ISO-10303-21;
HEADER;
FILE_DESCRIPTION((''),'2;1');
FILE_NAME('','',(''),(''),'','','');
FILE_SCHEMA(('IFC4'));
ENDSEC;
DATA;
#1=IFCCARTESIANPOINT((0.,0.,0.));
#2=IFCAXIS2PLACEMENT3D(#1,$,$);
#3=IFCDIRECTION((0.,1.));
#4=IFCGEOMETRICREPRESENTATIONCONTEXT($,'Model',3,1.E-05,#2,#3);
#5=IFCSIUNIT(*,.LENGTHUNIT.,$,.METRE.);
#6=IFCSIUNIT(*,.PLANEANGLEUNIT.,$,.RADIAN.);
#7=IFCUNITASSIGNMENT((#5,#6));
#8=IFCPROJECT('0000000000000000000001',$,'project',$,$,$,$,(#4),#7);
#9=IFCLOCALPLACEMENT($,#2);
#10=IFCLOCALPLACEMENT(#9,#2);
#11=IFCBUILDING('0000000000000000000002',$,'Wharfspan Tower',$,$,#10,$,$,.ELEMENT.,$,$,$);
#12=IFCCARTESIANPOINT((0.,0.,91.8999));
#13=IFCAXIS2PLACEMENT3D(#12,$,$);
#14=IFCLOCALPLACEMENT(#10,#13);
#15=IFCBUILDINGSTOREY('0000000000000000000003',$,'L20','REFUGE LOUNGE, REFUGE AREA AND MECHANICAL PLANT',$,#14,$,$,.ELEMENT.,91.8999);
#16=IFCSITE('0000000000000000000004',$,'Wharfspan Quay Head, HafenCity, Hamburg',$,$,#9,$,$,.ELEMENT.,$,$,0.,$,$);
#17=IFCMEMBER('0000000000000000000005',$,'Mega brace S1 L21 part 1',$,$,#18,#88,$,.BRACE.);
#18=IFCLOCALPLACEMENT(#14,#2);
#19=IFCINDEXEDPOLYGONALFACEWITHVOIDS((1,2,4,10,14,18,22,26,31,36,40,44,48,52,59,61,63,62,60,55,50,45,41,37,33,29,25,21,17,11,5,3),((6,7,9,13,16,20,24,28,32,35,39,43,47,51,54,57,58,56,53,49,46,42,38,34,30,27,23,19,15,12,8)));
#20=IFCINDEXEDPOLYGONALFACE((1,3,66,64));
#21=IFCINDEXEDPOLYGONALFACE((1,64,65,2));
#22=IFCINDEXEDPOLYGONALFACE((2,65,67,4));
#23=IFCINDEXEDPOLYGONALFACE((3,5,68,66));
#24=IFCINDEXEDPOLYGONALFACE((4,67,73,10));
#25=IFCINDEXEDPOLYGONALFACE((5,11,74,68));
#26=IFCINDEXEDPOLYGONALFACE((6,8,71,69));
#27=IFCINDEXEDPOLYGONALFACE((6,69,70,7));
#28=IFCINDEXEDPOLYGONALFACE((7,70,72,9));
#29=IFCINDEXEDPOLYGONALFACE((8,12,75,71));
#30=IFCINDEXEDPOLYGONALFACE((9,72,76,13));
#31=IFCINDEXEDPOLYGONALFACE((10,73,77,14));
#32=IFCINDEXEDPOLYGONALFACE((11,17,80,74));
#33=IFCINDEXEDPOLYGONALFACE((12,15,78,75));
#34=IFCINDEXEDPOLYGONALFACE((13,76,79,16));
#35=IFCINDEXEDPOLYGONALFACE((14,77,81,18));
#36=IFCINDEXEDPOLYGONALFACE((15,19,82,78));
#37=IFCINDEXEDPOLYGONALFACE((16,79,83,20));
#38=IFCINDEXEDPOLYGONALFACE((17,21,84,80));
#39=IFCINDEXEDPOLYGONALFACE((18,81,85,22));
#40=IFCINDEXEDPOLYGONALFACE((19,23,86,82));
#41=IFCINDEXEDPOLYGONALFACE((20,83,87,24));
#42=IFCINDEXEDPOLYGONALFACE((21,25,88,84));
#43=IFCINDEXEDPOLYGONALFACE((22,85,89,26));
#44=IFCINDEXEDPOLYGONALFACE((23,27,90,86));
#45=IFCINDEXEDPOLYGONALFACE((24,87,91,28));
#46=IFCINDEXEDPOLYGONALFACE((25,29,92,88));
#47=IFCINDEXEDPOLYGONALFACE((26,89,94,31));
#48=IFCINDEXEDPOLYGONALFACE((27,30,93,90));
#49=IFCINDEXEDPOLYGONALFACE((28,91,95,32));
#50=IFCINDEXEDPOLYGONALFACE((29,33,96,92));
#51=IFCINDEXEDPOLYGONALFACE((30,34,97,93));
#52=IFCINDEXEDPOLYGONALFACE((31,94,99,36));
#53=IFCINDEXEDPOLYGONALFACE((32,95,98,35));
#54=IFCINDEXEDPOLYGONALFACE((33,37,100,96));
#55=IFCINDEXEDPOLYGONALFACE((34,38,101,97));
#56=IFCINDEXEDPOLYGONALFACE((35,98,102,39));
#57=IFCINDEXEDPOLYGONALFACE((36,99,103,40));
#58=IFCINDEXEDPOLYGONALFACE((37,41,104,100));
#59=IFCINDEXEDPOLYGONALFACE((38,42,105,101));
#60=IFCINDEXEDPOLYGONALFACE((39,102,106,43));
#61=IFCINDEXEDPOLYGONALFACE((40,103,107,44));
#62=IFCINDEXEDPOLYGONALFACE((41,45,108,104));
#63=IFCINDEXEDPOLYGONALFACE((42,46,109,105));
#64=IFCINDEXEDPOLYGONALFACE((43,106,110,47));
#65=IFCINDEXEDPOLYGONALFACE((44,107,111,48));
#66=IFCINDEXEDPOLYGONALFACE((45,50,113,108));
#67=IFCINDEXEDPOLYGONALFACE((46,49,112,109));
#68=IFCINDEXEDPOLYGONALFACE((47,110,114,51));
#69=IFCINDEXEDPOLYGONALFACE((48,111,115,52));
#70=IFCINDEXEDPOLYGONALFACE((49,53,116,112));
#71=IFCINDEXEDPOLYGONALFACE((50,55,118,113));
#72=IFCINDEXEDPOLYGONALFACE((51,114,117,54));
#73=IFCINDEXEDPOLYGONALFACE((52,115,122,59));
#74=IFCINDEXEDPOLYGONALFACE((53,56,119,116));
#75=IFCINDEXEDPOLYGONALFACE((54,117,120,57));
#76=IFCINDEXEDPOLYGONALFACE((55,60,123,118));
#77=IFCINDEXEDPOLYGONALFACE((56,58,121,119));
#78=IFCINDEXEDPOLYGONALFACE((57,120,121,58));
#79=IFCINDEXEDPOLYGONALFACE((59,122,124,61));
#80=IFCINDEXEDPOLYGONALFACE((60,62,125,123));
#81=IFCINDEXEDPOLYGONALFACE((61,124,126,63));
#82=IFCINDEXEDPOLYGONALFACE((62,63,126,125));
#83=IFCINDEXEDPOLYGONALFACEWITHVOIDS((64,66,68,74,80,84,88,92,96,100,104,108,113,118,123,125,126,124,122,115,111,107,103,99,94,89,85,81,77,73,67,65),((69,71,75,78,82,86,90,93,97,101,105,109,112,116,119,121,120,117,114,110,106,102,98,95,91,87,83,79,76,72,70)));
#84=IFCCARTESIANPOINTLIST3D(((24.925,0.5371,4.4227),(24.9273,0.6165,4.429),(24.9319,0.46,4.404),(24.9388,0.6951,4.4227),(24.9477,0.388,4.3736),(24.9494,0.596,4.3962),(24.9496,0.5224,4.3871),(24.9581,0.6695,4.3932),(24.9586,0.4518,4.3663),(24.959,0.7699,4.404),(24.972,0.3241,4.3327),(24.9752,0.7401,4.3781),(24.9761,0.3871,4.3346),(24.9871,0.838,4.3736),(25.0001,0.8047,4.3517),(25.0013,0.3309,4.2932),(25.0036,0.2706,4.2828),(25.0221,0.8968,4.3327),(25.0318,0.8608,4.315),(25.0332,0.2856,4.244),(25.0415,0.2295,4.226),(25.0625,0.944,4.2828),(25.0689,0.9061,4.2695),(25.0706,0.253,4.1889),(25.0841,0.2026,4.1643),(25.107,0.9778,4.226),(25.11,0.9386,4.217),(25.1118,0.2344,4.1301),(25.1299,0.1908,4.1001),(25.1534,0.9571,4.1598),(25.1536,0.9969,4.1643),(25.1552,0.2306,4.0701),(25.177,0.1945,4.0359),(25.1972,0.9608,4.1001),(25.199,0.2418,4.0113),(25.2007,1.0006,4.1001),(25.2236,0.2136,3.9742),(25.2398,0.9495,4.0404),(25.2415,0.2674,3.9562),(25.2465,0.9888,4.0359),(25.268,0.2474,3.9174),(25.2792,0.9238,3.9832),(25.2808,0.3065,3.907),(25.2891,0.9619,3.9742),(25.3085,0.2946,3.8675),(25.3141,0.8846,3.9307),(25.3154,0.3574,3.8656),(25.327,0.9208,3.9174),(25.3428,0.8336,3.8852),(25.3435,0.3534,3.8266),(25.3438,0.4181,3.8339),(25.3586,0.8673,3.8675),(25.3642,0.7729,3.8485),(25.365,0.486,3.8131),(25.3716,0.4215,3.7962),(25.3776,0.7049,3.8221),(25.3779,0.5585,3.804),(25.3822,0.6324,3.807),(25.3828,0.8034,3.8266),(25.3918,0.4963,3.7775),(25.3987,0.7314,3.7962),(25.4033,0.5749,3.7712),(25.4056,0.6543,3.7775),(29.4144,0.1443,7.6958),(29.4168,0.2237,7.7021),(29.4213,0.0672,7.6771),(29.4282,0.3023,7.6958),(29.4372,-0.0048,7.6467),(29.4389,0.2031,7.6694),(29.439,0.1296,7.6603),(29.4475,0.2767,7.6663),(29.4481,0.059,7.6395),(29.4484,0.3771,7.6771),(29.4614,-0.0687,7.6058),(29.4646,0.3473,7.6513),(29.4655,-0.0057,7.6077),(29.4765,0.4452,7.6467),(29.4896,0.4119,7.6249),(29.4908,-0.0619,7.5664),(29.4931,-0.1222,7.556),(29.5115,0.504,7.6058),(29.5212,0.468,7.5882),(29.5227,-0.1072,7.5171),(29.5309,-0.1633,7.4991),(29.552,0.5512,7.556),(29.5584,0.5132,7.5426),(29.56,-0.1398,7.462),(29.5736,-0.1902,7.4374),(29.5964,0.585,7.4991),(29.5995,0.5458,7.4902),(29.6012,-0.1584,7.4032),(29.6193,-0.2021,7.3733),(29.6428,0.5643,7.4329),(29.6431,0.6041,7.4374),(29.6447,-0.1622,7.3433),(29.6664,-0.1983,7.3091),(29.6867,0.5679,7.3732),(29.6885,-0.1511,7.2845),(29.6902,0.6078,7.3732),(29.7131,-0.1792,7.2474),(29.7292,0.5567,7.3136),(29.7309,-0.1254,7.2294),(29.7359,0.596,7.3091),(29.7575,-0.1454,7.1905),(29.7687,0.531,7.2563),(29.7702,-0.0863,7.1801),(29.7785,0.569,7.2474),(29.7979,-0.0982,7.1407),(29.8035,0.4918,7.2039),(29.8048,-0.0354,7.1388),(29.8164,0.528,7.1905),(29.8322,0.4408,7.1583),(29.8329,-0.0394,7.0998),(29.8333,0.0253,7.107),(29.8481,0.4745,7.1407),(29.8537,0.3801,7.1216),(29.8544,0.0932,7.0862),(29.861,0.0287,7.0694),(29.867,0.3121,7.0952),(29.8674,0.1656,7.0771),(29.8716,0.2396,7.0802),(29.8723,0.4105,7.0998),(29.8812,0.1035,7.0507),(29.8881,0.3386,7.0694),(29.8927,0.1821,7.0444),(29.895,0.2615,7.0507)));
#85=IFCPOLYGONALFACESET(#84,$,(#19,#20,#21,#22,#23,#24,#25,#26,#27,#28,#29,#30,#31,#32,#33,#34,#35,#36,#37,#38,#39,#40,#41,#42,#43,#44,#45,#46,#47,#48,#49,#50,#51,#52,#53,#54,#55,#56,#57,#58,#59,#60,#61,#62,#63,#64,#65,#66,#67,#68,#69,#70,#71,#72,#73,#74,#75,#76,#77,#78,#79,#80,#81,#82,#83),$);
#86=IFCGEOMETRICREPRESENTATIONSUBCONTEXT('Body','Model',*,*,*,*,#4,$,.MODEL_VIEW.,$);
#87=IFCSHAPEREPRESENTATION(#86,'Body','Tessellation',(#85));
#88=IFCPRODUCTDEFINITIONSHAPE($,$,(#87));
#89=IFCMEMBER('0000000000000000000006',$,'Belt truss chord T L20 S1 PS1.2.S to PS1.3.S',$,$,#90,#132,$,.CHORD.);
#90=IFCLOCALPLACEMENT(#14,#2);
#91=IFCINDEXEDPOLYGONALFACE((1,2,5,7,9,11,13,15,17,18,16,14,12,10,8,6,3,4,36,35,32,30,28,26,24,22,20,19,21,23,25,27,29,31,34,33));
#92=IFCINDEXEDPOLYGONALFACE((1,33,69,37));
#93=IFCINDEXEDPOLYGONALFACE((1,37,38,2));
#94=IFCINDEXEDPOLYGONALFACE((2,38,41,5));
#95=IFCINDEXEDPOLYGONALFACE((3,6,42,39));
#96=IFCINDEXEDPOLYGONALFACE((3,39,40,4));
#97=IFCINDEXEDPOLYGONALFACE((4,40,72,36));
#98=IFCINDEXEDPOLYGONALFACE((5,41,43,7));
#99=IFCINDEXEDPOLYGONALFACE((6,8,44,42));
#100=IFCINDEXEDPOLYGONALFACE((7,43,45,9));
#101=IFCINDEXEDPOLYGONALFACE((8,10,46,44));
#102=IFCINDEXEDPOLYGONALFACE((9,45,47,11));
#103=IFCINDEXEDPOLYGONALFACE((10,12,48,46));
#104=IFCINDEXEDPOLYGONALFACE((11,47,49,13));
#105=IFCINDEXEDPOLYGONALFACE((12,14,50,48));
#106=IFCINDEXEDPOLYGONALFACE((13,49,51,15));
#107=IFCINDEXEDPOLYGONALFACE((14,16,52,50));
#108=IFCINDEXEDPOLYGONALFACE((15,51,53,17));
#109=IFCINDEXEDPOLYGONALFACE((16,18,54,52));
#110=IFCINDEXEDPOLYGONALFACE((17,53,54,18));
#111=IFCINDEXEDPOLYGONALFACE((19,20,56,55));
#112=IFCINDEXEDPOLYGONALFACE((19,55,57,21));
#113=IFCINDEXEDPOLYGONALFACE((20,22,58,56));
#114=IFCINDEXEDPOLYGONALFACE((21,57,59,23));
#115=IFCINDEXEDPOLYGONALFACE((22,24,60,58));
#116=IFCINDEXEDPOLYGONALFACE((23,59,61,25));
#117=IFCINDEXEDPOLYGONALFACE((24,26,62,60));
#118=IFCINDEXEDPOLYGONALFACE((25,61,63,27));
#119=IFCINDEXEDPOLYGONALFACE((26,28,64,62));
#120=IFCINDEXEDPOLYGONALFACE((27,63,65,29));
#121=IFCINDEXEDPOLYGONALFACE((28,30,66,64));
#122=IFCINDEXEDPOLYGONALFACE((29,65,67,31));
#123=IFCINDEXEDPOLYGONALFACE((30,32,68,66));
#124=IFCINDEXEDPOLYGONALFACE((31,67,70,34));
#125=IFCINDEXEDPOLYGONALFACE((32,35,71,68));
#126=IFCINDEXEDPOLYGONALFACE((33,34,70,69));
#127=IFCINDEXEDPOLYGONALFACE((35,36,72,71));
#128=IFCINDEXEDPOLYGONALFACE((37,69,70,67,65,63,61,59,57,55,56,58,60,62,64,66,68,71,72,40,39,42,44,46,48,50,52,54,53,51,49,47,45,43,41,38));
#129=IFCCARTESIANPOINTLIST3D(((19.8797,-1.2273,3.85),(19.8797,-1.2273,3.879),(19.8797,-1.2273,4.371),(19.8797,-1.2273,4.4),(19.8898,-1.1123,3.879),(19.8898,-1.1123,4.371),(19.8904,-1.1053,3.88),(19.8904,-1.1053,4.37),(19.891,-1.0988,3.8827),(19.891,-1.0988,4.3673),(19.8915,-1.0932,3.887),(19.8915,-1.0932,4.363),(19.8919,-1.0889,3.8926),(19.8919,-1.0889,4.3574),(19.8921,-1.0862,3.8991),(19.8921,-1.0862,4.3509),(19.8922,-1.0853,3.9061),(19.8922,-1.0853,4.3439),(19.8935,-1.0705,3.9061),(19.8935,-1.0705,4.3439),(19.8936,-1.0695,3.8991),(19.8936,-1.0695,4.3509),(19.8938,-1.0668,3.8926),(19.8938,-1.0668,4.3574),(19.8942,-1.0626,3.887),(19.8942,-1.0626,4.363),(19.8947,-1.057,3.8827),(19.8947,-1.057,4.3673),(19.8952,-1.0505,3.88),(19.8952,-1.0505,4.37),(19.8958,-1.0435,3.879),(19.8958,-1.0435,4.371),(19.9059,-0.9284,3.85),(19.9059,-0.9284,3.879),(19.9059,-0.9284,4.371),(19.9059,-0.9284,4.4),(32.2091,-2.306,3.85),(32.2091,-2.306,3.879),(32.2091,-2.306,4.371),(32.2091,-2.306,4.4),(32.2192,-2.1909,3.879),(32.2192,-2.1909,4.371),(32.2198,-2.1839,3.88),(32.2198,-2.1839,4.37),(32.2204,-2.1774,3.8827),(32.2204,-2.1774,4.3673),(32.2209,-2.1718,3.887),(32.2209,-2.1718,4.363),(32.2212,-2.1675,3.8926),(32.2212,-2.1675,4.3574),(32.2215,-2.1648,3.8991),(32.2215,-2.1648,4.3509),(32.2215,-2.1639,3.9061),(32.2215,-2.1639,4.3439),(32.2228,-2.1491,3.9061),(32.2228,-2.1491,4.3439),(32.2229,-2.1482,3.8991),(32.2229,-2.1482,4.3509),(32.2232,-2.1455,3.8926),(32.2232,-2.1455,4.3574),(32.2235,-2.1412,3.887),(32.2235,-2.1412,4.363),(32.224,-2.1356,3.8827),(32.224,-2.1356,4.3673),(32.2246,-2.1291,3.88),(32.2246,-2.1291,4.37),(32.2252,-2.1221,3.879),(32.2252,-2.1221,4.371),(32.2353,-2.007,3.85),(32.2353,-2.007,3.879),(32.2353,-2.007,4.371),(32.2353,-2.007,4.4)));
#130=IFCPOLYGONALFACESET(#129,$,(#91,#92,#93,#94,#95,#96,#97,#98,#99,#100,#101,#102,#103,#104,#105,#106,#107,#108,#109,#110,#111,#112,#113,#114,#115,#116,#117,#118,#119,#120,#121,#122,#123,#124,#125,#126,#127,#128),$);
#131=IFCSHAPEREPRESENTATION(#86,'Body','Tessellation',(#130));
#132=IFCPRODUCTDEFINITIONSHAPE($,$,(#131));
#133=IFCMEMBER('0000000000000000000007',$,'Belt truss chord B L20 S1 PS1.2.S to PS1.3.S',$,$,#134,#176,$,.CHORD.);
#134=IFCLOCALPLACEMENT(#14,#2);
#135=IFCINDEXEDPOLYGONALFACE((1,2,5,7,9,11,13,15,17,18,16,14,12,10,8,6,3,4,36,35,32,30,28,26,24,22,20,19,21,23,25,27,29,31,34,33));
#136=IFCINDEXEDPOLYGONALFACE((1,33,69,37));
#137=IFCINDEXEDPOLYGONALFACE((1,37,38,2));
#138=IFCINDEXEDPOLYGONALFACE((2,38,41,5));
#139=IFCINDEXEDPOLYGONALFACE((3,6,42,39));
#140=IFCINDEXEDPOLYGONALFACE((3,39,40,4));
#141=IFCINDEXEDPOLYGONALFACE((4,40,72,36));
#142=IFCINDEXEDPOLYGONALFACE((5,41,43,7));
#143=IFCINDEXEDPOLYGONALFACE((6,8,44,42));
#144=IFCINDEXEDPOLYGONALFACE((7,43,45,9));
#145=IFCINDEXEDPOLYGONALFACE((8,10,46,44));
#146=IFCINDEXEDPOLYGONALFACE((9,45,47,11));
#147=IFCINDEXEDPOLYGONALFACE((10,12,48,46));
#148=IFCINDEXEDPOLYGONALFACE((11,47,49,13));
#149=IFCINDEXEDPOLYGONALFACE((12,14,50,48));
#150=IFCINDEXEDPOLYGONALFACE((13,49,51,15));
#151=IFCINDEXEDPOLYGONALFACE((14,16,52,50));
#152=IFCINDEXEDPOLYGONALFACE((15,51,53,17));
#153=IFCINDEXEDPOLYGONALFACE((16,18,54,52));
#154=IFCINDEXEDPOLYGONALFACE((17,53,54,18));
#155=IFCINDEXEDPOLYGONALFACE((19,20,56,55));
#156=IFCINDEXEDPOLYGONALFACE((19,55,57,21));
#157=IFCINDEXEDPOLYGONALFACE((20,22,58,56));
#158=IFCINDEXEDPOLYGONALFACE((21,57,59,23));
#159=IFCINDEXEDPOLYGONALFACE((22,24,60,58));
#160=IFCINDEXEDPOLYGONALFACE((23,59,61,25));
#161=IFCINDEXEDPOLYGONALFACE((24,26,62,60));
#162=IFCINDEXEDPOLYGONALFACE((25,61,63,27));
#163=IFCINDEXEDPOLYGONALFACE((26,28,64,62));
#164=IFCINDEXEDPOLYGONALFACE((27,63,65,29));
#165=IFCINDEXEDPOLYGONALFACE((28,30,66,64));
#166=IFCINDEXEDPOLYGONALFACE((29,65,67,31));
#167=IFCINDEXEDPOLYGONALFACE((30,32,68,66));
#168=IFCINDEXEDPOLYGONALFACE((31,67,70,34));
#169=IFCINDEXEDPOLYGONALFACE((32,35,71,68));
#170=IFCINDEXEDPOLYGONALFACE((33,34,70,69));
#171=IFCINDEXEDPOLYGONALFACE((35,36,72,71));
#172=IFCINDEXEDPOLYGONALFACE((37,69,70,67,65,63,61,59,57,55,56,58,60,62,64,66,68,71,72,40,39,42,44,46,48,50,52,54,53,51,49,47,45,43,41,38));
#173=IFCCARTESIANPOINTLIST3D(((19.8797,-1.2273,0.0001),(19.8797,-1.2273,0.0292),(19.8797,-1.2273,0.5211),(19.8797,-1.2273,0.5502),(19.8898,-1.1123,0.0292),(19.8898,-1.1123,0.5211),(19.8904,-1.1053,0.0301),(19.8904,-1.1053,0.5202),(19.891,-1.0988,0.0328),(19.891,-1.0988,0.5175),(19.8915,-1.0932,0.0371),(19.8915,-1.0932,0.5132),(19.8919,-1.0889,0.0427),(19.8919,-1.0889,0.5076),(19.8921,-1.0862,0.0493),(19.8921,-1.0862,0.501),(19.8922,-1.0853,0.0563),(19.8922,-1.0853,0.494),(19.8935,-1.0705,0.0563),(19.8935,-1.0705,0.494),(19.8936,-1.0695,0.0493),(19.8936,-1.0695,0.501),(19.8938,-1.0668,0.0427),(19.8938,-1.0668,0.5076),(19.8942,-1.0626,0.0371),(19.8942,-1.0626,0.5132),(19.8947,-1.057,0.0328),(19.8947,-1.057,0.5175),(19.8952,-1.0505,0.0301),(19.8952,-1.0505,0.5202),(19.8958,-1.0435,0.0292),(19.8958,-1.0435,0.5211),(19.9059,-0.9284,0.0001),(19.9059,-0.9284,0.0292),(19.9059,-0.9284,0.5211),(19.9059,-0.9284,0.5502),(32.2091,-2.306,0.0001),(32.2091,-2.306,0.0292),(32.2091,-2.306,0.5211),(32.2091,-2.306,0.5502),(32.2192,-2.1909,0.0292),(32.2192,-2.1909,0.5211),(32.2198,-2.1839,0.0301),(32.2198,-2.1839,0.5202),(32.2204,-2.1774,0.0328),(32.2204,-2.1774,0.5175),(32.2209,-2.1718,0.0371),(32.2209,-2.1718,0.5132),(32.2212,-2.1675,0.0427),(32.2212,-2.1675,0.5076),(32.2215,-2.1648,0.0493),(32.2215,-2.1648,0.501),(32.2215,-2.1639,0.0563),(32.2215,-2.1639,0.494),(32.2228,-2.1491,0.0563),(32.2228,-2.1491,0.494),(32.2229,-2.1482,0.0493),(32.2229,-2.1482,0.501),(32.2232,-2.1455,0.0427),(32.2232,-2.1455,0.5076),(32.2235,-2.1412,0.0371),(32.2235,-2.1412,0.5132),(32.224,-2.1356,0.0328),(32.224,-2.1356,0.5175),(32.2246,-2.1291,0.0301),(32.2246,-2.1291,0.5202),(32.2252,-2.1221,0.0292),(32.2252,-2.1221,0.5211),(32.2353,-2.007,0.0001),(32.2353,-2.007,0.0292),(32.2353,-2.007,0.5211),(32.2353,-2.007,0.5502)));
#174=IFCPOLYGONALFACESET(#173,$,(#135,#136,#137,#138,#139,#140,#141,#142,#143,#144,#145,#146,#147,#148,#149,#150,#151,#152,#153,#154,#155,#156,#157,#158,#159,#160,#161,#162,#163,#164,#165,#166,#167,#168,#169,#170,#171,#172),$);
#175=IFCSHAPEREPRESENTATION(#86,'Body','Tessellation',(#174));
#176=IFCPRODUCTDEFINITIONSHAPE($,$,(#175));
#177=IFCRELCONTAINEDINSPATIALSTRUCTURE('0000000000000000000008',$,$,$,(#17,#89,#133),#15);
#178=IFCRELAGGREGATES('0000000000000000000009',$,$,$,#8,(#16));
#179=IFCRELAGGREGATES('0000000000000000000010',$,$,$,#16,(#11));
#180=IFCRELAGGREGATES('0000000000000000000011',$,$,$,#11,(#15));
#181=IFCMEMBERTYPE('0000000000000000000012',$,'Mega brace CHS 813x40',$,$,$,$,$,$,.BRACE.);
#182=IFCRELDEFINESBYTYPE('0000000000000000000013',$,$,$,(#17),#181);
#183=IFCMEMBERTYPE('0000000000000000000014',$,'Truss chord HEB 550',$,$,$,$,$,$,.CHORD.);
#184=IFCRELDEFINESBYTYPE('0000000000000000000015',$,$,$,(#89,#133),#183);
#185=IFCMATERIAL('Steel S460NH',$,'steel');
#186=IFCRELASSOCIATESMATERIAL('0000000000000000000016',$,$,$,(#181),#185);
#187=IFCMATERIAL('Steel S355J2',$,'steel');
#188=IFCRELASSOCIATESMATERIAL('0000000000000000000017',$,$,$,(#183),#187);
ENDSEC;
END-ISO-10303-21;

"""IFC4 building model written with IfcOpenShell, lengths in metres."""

from ifc_helpers import new_model, si_unit, direction, frame, origin, origin_2d, place, context, subcontext, project, spatial, hollow_circle, i_section, extrude, material, material_profile, profile_set, type_object, element, save


model = new_model("IFC4")

# Units and contexts
model_context = context("Model", 3, precision=1e-05, world=origin(), true_north=direction((0.0, 1.0)))
body_context = subcontext(model_context, "Body", "Model", "MODEL_VIEW")
ifc_project = project(units=[si_unit("LENGTHUNIT", "METRE"), si_unit("PLANEANGLEUNIT", "RADIAN")], contexts=[model_context])

# Site, building, storey
site_placement = place(None, origin())
site = spatial("IfcSite", under=ifc_project, at=site_placement, Name="Wharfspan Quay Head, HafenCity, Hamburg", CompositionType="ELEMENT", RefElevation=0.0)
building_placement = place(site_placement, origin())
building = spatial("IfcBuilding", under=site, at=building_placement, Name="Wharfspan Tower", CompositionType="ELEMENT")
storey_placement = place(building_placement, frame((0.0, 0.0, 91.8999)))
storey = spatial("IfcBuildingStorey", under=building, at=storey_placement, Name="L20", Description="REFUGE LOUNGE, REFUGE AREA AND MECHANICAL PLANT", CompositionType="ELEMENT", Elevation=91.8999)

# Shared definitions
ifc_material_1 = material(Name="Steel S355J2", Category="steel")

# Members
ifc_material_2 = material(Name="Steel S460NH", Category="steel")
ifc_material_profile_1 = material_profile(ifc_material_2, hollow_circle(Radius=0.4065, WallThickness=0.04, at=origin_2d()))
ifc_profile_set_1 = profile_set([ifc_material_profile_1], Name="Steel S460NH")
member_type_1 = type_object("IfcMemberType", Name="Mega brace CHS 813x40", PredefinedType="BRACE", material=ifc_profile_set_1)
member_1_placement = place(storey_placement, frame((25.1653, 0.5957, 4.1001), z_axis=(0.80603, -0.070526, 0.587658), x_axis=(0.087167, 0.996192, -0.000003)))
element("IfcMember", 1, at=member_1_placement, inside=storey, type_object=member_type_1, Name="Mega brace S1 L21 part 1", PredefinedType="BRACE", context=body_context, shape_type="SweptSolid", body=[
    extrude(hollow_circle(Radius=0.4065, WallThickness=0.04, at=origin_2d()), origin(), (0.0, 0.0, 1.0), 5.5698),
])
ifc_material_profile_2 = material_profile(ifc_material_1, i_section(OverallWidth=0.3, OverallDepth=0.55, WebThickness=0.0149, FlangeThickness=0.0291, FilletRadius=0.0271, at=origin_2d()))
ifc_profile_set_2 = profile_set([ifc_material_profile_2], Name="Steel S355J2")
member_type_2 = type_object("IfcMemberType", Name="Truss chord HEB 550", PredefinedType="CHORD", material=ifc_profile_set_2)
for number, where, z_axis, x_axis, name in (
    (2, (19.8928, -1.0779, 4.125), (0.996195, -0.087151, 0.0), (0.087151, 0.996195, 0.0), "Belt truss chord T L20 S1 PS1.2.S to PS1.3.S"),
    (3, (19.8928, -1.0779, 0.2751), (0.996195, -0.087151, 0.0), (0.087151, 0.996195, 0.0), "Belt truss chord B L20 S1 PS1.2.S to PS1.3.S"),
):
    element("IfcMember", number, at=place(storey_placement, frame(where, z_axis=z_axis, x_axis=x_axis)), inside=storey, type_object=member_type_2, Name=name, PredefinedType="CHORD", context=body_context, shape_type="SweptSolid", body=[
        extrude(i_section(OverallWidth=0.3, OverallDepth=0.55, WebThickness=0.0149, FlangeThickness=0.0291, FilletRadius=0.0271, at=origin_2d()), origin(), (0.0, 0.0, 1.0), 12.3765),
    ])

save(model, "model.ifc")
